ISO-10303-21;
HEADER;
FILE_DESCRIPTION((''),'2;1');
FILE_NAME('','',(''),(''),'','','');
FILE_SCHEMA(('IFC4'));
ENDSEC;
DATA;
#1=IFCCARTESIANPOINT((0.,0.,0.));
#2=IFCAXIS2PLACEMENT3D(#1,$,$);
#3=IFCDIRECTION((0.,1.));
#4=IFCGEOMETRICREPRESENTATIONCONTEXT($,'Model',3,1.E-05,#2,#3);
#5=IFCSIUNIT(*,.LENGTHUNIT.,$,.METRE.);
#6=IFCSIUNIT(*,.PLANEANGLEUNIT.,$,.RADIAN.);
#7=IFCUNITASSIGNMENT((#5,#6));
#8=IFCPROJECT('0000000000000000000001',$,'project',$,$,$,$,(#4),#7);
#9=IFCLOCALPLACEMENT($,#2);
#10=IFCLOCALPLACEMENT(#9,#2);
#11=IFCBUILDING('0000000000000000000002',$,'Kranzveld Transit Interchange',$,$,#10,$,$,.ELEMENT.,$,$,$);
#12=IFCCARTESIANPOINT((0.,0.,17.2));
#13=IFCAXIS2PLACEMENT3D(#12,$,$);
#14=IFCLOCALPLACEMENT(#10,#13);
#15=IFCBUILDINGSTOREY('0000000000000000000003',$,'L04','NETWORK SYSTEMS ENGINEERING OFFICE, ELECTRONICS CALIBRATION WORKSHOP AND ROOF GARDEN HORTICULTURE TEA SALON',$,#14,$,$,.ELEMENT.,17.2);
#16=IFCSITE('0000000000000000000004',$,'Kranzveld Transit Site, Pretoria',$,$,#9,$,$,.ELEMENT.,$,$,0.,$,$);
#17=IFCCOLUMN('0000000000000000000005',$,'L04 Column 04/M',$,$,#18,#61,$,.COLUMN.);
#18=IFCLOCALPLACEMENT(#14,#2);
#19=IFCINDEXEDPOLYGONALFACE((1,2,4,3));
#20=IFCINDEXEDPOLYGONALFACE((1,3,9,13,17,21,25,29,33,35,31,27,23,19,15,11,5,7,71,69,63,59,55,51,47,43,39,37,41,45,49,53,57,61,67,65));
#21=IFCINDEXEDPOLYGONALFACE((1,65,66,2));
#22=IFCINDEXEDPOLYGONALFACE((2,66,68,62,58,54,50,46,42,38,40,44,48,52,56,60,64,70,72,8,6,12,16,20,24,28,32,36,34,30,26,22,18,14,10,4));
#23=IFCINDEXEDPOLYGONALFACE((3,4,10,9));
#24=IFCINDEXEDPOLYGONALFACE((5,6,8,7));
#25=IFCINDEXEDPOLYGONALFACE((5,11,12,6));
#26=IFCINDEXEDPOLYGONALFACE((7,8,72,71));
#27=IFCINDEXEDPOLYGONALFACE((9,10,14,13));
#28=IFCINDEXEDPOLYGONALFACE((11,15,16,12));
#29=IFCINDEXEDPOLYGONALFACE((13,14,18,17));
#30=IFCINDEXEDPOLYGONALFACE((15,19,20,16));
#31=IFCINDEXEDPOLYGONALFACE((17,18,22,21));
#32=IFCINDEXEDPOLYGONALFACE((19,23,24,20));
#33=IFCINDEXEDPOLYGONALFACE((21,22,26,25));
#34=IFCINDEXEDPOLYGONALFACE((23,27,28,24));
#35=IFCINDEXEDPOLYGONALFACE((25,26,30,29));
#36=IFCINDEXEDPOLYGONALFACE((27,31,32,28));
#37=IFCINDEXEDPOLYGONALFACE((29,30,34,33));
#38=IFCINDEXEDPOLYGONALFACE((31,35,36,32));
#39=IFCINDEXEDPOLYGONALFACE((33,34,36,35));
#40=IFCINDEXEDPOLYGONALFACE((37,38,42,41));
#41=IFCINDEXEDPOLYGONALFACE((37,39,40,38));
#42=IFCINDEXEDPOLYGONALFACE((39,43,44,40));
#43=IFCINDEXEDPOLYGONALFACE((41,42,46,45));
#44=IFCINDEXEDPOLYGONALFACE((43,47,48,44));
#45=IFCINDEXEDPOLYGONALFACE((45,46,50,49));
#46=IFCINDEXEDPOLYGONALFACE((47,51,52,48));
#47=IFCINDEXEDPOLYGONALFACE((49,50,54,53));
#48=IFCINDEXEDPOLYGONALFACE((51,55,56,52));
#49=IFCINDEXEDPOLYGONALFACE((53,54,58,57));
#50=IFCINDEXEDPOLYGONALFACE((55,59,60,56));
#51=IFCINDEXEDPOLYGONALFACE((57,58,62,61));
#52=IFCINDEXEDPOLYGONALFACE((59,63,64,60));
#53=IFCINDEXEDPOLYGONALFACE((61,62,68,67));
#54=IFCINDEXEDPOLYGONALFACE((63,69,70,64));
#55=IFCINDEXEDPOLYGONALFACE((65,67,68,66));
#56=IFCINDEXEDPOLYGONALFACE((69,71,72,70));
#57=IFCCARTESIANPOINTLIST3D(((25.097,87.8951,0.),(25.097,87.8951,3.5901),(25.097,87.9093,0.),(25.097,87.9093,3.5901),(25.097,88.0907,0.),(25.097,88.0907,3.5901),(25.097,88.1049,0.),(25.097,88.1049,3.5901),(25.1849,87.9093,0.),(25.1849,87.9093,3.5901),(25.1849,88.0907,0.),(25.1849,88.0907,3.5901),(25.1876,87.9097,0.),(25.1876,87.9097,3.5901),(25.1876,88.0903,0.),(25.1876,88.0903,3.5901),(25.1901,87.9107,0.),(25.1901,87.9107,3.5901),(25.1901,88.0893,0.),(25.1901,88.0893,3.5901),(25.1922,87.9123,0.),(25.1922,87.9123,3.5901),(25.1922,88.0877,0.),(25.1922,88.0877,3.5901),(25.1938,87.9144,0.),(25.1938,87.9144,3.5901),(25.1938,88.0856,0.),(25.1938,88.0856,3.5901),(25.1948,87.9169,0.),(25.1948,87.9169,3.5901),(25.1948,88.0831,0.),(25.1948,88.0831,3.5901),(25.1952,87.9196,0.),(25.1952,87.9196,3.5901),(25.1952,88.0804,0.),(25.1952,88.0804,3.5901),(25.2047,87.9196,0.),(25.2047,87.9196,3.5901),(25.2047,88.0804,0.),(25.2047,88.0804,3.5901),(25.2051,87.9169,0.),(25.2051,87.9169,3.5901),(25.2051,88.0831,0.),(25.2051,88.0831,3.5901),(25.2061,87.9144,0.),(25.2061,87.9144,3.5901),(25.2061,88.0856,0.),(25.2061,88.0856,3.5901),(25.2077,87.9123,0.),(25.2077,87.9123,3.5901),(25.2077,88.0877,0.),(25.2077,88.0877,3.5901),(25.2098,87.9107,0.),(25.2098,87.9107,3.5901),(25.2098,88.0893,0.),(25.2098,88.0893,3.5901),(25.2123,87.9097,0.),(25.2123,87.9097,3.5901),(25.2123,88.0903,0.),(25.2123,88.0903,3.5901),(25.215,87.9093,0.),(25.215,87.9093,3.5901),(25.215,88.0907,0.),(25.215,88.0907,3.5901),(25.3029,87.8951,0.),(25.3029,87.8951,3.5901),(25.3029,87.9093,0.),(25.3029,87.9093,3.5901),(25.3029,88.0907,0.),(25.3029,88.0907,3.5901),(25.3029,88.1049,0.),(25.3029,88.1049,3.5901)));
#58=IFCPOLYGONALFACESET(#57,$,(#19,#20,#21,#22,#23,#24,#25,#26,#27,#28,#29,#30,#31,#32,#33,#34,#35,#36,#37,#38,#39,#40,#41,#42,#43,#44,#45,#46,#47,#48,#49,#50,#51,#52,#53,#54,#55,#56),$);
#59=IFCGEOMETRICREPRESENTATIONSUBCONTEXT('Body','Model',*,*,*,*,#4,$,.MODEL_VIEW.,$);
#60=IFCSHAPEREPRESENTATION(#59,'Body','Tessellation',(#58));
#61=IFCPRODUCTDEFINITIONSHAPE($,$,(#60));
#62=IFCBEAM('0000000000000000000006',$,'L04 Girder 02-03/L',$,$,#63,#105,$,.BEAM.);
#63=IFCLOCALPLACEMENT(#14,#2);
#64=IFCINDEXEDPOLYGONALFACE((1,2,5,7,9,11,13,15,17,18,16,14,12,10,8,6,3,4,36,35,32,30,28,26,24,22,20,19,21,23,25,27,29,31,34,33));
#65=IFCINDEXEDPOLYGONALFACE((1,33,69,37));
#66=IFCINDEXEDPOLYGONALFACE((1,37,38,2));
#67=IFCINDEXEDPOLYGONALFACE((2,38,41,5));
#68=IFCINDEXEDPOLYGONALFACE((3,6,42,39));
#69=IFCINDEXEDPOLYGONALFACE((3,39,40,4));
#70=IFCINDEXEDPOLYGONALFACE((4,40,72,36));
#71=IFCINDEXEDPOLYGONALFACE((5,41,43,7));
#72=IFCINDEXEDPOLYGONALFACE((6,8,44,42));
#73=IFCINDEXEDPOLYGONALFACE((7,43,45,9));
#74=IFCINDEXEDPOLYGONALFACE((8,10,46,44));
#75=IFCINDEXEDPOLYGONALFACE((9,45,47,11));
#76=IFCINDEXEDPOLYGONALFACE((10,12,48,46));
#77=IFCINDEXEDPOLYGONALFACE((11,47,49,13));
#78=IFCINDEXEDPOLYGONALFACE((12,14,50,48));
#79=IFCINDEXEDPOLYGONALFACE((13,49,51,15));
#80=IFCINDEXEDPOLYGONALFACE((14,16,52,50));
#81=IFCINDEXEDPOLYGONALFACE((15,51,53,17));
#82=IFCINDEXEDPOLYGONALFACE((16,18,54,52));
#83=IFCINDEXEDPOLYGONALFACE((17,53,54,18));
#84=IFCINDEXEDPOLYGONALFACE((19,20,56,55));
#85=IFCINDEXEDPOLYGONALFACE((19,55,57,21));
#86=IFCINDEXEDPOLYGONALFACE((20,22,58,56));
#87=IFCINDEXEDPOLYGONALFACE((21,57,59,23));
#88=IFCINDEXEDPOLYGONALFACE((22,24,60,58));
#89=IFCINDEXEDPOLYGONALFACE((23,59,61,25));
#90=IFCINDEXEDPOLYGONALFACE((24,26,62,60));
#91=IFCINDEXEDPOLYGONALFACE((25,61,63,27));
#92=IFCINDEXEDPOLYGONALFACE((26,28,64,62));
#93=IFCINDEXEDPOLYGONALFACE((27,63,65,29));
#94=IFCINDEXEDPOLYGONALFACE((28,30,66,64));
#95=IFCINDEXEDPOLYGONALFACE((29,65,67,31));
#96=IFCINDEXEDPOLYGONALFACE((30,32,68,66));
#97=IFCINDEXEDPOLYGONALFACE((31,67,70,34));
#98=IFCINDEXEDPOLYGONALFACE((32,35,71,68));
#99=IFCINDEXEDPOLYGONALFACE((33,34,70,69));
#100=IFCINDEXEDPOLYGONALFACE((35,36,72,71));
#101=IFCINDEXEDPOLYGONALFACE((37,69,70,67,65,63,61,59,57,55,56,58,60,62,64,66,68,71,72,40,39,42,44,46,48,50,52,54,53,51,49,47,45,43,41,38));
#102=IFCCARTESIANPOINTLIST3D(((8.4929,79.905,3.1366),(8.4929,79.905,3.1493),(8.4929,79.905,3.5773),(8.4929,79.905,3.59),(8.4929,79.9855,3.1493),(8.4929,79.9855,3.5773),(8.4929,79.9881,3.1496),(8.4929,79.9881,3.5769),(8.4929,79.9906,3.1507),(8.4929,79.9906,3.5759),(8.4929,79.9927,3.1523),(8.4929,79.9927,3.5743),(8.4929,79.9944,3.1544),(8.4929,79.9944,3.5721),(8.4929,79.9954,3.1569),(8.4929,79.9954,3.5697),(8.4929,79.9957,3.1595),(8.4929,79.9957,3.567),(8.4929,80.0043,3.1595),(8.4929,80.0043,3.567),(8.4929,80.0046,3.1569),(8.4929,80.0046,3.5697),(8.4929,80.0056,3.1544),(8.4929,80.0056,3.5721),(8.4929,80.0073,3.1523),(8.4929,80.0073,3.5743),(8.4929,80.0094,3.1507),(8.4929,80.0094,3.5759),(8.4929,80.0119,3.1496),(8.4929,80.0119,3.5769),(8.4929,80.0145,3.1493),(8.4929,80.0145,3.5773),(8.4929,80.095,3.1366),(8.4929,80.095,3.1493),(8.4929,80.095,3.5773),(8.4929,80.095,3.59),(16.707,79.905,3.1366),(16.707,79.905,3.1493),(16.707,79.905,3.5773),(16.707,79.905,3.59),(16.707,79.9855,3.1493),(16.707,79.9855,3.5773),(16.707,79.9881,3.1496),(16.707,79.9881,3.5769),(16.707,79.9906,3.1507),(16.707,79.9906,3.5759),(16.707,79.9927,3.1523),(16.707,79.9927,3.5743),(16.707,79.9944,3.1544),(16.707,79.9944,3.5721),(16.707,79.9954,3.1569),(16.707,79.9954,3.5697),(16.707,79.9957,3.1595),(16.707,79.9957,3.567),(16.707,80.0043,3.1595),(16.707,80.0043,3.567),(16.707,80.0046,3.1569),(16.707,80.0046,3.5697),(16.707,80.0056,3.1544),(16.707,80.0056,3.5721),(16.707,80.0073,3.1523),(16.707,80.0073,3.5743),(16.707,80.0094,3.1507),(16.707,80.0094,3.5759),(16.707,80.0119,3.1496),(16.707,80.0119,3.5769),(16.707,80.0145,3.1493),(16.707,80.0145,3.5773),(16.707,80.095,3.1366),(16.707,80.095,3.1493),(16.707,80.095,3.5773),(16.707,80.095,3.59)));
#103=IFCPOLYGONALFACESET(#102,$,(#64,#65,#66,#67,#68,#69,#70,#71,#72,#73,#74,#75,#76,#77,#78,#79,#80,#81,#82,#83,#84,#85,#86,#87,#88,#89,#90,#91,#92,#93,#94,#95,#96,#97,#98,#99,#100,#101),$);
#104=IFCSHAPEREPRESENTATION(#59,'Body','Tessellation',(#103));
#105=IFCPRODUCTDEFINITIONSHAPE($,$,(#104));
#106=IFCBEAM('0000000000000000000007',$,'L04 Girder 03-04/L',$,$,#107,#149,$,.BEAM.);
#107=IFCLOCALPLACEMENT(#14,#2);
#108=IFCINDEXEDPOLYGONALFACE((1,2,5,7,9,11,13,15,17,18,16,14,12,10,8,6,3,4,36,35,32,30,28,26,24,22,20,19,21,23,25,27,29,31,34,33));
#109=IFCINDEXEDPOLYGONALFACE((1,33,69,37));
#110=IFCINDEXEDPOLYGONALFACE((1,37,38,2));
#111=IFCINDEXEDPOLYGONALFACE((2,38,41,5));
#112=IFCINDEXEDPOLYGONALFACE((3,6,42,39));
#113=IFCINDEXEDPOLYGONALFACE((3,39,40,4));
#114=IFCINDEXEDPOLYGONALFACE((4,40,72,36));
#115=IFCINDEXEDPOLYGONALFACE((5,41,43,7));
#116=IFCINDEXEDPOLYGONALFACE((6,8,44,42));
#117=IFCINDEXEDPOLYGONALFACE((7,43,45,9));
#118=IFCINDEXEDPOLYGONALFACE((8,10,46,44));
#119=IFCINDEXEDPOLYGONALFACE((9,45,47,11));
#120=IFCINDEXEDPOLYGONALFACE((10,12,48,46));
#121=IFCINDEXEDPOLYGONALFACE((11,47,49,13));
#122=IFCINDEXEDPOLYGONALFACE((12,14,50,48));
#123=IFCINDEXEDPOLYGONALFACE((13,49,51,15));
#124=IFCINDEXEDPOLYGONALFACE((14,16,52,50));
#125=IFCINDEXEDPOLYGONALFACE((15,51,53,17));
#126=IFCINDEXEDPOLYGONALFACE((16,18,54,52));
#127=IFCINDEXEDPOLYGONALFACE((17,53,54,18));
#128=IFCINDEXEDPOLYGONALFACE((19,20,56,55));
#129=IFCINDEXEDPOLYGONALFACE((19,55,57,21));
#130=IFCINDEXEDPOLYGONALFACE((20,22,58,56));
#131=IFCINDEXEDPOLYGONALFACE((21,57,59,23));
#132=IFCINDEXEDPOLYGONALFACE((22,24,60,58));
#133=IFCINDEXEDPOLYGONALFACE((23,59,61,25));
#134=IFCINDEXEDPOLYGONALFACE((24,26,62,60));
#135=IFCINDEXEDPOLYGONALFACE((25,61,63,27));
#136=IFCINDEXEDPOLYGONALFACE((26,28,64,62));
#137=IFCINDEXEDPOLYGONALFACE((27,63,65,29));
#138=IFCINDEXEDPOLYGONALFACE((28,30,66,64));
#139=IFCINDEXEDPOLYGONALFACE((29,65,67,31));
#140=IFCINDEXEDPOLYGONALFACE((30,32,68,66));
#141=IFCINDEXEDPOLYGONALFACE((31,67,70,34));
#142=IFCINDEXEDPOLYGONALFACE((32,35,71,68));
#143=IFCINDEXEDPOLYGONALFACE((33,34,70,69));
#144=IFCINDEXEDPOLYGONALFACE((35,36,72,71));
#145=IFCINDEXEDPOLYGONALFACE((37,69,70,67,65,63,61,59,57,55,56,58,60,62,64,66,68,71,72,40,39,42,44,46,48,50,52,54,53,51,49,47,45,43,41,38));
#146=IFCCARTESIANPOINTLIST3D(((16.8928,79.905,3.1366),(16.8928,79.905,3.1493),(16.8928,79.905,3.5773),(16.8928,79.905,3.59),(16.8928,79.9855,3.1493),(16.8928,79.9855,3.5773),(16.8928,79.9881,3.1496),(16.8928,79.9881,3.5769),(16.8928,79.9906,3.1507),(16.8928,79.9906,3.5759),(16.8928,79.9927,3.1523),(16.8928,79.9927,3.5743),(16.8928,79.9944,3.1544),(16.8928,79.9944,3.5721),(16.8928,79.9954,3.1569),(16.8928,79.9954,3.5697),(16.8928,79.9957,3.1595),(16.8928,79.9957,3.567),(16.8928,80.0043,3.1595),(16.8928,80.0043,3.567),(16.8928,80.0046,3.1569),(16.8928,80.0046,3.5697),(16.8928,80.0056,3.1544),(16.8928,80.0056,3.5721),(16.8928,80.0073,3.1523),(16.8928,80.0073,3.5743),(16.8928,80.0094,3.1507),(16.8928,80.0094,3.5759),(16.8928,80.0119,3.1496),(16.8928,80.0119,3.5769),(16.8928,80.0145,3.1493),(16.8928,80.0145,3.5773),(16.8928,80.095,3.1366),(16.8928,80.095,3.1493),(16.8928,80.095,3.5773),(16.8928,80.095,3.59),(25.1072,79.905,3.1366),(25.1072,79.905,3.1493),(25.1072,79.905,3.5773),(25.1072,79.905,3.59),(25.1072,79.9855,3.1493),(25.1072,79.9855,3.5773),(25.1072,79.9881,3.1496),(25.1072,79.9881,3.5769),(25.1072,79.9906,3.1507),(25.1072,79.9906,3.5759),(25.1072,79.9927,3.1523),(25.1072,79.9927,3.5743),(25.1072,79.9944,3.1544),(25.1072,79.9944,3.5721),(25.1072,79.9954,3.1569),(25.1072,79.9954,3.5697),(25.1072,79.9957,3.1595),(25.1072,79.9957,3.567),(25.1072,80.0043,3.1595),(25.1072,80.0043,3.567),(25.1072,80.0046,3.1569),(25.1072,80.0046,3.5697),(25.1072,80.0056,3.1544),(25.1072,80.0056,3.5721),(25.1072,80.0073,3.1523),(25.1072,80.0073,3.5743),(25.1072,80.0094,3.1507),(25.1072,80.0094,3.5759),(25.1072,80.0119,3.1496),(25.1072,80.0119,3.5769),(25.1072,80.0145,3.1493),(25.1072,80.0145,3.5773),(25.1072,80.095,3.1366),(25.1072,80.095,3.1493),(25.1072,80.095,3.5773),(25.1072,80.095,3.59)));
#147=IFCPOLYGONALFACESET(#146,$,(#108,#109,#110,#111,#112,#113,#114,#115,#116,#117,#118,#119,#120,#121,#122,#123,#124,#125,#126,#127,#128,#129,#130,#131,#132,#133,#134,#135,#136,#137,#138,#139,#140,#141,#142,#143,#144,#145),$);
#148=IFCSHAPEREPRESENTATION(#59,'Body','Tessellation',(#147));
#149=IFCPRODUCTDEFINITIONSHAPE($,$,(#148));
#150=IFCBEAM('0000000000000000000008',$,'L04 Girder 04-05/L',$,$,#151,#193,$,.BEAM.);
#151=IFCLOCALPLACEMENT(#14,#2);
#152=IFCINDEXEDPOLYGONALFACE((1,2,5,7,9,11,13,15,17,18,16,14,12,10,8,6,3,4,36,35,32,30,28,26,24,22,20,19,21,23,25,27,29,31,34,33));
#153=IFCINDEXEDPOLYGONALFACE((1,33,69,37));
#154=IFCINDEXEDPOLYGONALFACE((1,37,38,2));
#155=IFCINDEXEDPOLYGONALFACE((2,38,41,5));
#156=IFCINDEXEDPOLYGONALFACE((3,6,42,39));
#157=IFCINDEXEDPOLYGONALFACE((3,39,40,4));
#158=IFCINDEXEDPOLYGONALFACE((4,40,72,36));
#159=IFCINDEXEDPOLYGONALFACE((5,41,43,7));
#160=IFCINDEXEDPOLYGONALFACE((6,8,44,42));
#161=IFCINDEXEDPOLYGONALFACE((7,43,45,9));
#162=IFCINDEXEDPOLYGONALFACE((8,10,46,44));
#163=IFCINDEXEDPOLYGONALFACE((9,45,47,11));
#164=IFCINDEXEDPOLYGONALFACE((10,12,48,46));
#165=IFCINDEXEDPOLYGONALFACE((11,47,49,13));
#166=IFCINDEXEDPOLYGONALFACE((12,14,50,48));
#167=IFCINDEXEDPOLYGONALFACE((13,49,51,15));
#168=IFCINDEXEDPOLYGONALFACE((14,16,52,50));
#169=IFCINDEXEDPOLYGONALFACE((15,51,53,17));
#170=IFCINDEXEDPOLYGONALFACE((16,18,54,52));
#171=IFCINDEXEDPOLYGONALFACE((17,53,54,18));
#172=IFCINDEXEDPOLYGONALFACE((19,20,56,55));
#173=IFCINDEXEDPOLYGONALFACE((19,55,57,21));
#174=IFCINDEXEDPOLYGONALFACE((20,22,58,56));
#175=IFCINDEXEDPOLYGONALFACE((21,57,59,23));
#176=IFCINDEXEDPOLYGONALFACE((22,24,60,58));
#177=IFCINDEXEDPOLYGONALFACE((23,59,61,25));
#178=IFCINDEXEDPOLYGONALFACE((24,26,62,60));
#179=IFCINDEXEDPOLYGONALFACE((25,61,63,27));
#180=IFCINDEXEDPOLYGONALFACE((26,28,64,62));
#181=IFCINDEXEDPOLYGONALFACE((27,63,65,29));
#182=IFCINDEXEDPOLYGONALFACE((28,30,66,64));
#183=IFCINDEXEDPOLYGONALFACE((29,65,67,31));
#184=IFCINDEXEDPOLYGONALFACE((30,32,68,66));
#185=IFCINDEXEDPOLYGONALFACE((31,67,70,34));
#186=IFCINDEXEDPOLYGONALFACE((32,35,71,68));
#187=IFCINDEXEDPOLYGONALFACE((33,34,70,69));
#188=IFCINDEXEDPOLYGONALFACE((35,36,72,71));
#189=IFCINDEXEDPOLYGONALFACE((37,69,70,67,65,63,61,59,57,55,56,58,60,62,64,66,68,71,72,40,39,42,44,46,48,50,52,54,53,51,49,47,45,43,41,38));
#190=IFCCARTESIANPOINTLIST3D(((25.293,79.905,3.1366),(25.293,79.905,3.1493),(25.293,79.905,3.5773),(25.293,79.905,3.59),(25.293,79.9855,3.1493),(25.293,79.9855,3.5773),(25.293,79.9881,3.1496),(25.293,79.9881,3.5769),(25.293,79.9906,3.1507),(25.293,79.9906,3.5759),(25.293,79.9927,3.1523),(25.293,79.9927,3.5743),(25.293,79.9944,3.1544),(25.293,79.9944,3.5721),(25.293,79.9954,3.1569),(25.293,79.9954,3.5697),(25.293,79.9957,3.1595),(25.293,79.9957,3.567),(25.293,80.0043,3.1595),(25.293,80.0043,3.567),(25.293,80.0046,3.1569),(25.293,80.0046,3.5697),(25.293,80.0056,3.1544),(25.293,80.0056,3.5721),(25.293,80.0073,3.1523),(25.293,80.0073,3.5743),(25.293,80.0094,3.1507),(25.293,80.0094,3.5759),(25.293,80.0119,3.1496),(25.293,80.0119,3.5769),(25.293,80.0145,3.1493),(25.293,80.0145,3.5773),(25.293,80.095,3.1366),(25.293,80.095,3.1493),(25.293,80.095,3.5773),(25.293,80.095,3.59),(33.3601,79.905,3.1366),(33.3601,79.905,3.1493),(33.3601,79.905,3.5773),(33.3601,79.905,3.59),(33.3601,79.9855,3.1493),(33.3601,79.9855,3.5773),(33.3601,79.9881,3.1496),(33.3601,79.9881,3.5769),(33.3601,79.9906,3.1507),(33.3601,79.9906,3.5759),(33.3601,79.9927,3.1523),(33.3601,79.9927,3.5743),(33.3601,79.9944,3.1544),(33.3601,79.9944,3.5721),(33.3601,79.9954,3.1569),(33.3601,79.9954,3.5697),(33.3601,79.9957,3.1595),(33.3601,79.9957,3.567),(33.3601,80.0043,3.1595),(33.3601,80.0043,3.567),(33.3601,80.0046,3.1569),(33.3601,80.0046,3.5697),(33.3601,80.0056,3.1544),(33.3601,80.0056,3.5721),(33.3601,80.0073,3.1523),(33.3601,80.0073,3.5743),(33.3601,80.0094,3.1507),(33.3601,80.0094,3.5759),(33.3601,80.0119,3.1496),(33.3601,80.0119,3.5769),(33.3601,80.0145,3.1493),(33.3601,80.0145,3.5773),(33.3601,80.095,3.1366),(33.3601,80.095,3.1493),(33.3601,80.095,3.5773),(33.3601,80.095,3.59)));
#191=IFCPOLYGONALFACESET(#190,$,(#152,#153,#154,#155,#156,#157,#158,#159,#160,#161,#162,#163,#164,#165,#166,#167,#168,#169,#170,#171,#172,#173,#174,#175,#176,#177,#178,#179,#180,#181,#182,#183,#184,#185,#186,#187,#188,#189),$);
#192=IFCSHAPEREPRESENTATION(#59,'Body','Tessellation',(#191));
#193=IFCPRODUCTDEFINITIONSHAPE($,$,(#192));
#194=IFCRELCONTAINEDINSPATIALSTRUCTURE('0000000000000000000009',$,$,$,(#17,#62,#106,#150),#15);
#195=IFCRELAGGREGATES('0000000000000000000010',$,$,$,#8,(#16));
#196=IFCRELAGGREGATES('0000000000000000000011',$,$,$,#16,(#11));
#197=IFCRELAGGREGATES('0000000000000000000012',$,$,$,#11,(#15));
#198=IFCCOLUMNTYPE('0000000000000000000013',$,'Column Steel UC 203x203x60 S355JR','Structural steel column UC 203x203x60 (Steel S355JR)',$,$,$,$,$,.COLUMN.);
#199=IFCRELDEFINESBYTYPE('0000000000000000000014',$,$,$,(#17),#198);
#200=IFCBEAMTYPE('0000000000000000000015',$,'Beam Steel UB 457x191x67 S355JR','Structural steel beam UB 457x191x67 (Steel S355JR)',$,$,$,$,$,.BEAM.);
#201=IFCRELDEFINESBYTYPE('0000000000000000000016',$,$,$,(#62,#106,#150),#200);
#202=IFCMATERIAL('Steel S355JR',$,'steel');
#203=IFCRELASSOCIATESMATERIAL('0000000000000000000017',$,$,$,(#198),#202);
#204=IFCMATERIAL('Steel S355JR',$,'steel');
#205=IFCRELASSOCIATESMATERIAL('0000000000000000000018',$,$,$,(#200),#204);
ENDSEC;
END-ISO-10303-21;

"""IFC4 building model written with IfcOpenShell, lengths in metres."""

from ifc_helpers import new_model, si_unit, direction, frame, origin, origin_2d, place, context, subcontext, project, spatial, i_section, extrude, material, material_profile, profile_set, type_object, element, save


model = new_model("IFC4")

# Units and contexts
model_context = context("Model", 3, precision=1e-05, world=origin(), true_north=direction((0.0, 1.0)))
body_context = subcontext(model_context, "Body", "Model", "MODEL_VIEW")
ifc_project = project(units=[si_unit("LENGTHUNIT", "METRE"), si_unit("PLANEANGLEUNIT", "RADIAN")], contexts=[model_context])

# Site, building, storey
site_placement = place(None, origin())
site = spatial("IfcSite", under=ifc_project, at=site_placement, Name="Kranzveld Transit Site, Pretoria", CompositionType="ELEMENT", RefElevation=0.0)
building_placement = place(site_placement, origin())
building = spatial("IfcBuilding", under=site, at=building_placement, Name="Kranzveld Transit Interchange", CompositionType="ELEMENT")
storey_placement = place(building_placement, frame((0.0, 0.0, 17.2)))
storey = spatial("IfcBuildingStorey", under=building, at=storey_placement, Name="L04", Description="NETWORK SYSTEMS ENGINEERING OFFICE, ELECTRONICS CALIBRATION WORKSHOP AND ROOF GARDEN HORTICULTURE TEA SALON", CompositionType="ELEMENT", Elevation=17.2)

# Column
ifc_material_1 = material(Name="Steel S355JR", Category="steel")
ifc_material_profile_1 = material_profile(ifc_material_1, i_section(OverallWidth=0.2058, OverallDepth=0.2097, WebThickness=0.0095, FlangeThickness=0.0142, FilletRadius=0.0103, at=origin_2d()), Name="UC 203x203x60")
ifc_profile_set_1 = profile_set([ifc_material_profile_1], Name="Steel S355JR")
column_type = type_object("IfcColumnType", Name="Column Steel UC 203x203x60 S355JR", Description="Structural steel column UC 203x203x60 (Steel S355JR)", PredefinedType="COLUMN", material=ifc_profile_set_1)
for number, where, z_axis, x_axis, name in (
    (1, (25.2, 88.0, 0.0), (0.0, 0.0, 1.0), (1.0, 0.0, 0.0), "L04 Column 04/M"),
):
    element("IfcColumn", number, at=place(storey_placement, frame(where, z_axis=z_axis, x_axis=x_axis)), inside=storey, type_object=column_type, Name=name, PredefinedType="COLUMN", context=body_context, shape_type="SweptSolid", body=[
        extrude(i_section(OverallWidth=0.2058, OverallDepth=0.2097, WebThickness=0.0095, FlangeThickness=0.0142, FilletRadius=0.0103, at=origin_2d()), origin(), (0.0, 0.0, 1.0), 3.5901),
    ])

# Beams
ifc_material_2 = material(Name="Steel S355JR", Category="steel")
ifc_material_profile_2 = material_profile(ifc_material_2, i_section(OverallWidth=0.1899, OverallDepth=0.4534, WebThickness=0.0085, FlangeThickness=0.0127, FilletRadius=0.0103, at=origin_2d()), Name="UB 457x191x67")
ifc_profile_set_2 = profile_set([ifc_material_profile_2], Name="Steel S355JR")
beam_type_1 = type_object("IfcBeamType", Name="Beam Steel UB 457x191x67 S355JR", Description="Structural steel beam UB 457x191x67 (Steel S355JR)", PredefinedType="BEAM", material=ifc_profile_set_2)
beam_1_placement = place(storey_placement, frame((8.4929, 80.0, 3.3633), z_axis=(1.0, 0.0, 0.0), x_axis=(0.0, 1.0, 0.0)))
element("IfcBeam", 2, at=beam_1_placement, inside=storey, type_object=beam_type_1, Name="L04 Girder 02-03/L", PredefinedType="BEAM", context=body_context, shape_type="SweptSolid", body=[
    extrude(i_section(OverallWidth=0.1899, OverallDepth=0.4534, WebThickness=0.0085, FlangeThickness=0.0127, FilletRadius=0.0103, at=origin_2d()), origin(), (0.0, 0.0, 1.0), 8.2141),
])
beam_2_placement = place(storey_placement, frame((16.8928, 80.0, 3.3633), z_axis=(1.0, 0.0, 0.0), x_axis=(0.0, 1.0, 0.0)))
element("IfcBeam", 3, at=beam_2_placement, inside=storey, type_object=beam_type_1, Name="L04 Girder 03-04/L", PredefinedType="BEAM", context=body_context, shape_type="SweptSolid", body=[
    extrude(i_section(OverallWidth=0.1899, OverallDepth=0.4534, WebThickness=0.0085, FlangeThickness=0.0127, FilletRadius=0.0103, at=origin_2d()), origin(), (0.0, 0.0, 1.0), 8.2144),
])
beam_3_placement = place(storey_placement, frame((25.293, 80.0, 3.3633), z_axis=(1.0, 0.0, 0.0), x_axis=(0.0, 1.0, 0.0)))
element("IfcBeam", 4, at=beam_3_placement, inside=storey, type_object=beam_type_1, Name="L04 Girder 04-05/L", PredefinedType="BEAM", context=body_context, shape_type="SweptSolid", body=[
    extrude(i_section(OverallWidth=0.1899, OverallDepth=0.4534, WebThickness=0.0085, FlangeThickness=0.0127, FilletRadius=0.0103, at=origin_2d()), origin(), (0.0, 0.0, 1.0), 8.0671),
])

save(model, "model.ifc")
